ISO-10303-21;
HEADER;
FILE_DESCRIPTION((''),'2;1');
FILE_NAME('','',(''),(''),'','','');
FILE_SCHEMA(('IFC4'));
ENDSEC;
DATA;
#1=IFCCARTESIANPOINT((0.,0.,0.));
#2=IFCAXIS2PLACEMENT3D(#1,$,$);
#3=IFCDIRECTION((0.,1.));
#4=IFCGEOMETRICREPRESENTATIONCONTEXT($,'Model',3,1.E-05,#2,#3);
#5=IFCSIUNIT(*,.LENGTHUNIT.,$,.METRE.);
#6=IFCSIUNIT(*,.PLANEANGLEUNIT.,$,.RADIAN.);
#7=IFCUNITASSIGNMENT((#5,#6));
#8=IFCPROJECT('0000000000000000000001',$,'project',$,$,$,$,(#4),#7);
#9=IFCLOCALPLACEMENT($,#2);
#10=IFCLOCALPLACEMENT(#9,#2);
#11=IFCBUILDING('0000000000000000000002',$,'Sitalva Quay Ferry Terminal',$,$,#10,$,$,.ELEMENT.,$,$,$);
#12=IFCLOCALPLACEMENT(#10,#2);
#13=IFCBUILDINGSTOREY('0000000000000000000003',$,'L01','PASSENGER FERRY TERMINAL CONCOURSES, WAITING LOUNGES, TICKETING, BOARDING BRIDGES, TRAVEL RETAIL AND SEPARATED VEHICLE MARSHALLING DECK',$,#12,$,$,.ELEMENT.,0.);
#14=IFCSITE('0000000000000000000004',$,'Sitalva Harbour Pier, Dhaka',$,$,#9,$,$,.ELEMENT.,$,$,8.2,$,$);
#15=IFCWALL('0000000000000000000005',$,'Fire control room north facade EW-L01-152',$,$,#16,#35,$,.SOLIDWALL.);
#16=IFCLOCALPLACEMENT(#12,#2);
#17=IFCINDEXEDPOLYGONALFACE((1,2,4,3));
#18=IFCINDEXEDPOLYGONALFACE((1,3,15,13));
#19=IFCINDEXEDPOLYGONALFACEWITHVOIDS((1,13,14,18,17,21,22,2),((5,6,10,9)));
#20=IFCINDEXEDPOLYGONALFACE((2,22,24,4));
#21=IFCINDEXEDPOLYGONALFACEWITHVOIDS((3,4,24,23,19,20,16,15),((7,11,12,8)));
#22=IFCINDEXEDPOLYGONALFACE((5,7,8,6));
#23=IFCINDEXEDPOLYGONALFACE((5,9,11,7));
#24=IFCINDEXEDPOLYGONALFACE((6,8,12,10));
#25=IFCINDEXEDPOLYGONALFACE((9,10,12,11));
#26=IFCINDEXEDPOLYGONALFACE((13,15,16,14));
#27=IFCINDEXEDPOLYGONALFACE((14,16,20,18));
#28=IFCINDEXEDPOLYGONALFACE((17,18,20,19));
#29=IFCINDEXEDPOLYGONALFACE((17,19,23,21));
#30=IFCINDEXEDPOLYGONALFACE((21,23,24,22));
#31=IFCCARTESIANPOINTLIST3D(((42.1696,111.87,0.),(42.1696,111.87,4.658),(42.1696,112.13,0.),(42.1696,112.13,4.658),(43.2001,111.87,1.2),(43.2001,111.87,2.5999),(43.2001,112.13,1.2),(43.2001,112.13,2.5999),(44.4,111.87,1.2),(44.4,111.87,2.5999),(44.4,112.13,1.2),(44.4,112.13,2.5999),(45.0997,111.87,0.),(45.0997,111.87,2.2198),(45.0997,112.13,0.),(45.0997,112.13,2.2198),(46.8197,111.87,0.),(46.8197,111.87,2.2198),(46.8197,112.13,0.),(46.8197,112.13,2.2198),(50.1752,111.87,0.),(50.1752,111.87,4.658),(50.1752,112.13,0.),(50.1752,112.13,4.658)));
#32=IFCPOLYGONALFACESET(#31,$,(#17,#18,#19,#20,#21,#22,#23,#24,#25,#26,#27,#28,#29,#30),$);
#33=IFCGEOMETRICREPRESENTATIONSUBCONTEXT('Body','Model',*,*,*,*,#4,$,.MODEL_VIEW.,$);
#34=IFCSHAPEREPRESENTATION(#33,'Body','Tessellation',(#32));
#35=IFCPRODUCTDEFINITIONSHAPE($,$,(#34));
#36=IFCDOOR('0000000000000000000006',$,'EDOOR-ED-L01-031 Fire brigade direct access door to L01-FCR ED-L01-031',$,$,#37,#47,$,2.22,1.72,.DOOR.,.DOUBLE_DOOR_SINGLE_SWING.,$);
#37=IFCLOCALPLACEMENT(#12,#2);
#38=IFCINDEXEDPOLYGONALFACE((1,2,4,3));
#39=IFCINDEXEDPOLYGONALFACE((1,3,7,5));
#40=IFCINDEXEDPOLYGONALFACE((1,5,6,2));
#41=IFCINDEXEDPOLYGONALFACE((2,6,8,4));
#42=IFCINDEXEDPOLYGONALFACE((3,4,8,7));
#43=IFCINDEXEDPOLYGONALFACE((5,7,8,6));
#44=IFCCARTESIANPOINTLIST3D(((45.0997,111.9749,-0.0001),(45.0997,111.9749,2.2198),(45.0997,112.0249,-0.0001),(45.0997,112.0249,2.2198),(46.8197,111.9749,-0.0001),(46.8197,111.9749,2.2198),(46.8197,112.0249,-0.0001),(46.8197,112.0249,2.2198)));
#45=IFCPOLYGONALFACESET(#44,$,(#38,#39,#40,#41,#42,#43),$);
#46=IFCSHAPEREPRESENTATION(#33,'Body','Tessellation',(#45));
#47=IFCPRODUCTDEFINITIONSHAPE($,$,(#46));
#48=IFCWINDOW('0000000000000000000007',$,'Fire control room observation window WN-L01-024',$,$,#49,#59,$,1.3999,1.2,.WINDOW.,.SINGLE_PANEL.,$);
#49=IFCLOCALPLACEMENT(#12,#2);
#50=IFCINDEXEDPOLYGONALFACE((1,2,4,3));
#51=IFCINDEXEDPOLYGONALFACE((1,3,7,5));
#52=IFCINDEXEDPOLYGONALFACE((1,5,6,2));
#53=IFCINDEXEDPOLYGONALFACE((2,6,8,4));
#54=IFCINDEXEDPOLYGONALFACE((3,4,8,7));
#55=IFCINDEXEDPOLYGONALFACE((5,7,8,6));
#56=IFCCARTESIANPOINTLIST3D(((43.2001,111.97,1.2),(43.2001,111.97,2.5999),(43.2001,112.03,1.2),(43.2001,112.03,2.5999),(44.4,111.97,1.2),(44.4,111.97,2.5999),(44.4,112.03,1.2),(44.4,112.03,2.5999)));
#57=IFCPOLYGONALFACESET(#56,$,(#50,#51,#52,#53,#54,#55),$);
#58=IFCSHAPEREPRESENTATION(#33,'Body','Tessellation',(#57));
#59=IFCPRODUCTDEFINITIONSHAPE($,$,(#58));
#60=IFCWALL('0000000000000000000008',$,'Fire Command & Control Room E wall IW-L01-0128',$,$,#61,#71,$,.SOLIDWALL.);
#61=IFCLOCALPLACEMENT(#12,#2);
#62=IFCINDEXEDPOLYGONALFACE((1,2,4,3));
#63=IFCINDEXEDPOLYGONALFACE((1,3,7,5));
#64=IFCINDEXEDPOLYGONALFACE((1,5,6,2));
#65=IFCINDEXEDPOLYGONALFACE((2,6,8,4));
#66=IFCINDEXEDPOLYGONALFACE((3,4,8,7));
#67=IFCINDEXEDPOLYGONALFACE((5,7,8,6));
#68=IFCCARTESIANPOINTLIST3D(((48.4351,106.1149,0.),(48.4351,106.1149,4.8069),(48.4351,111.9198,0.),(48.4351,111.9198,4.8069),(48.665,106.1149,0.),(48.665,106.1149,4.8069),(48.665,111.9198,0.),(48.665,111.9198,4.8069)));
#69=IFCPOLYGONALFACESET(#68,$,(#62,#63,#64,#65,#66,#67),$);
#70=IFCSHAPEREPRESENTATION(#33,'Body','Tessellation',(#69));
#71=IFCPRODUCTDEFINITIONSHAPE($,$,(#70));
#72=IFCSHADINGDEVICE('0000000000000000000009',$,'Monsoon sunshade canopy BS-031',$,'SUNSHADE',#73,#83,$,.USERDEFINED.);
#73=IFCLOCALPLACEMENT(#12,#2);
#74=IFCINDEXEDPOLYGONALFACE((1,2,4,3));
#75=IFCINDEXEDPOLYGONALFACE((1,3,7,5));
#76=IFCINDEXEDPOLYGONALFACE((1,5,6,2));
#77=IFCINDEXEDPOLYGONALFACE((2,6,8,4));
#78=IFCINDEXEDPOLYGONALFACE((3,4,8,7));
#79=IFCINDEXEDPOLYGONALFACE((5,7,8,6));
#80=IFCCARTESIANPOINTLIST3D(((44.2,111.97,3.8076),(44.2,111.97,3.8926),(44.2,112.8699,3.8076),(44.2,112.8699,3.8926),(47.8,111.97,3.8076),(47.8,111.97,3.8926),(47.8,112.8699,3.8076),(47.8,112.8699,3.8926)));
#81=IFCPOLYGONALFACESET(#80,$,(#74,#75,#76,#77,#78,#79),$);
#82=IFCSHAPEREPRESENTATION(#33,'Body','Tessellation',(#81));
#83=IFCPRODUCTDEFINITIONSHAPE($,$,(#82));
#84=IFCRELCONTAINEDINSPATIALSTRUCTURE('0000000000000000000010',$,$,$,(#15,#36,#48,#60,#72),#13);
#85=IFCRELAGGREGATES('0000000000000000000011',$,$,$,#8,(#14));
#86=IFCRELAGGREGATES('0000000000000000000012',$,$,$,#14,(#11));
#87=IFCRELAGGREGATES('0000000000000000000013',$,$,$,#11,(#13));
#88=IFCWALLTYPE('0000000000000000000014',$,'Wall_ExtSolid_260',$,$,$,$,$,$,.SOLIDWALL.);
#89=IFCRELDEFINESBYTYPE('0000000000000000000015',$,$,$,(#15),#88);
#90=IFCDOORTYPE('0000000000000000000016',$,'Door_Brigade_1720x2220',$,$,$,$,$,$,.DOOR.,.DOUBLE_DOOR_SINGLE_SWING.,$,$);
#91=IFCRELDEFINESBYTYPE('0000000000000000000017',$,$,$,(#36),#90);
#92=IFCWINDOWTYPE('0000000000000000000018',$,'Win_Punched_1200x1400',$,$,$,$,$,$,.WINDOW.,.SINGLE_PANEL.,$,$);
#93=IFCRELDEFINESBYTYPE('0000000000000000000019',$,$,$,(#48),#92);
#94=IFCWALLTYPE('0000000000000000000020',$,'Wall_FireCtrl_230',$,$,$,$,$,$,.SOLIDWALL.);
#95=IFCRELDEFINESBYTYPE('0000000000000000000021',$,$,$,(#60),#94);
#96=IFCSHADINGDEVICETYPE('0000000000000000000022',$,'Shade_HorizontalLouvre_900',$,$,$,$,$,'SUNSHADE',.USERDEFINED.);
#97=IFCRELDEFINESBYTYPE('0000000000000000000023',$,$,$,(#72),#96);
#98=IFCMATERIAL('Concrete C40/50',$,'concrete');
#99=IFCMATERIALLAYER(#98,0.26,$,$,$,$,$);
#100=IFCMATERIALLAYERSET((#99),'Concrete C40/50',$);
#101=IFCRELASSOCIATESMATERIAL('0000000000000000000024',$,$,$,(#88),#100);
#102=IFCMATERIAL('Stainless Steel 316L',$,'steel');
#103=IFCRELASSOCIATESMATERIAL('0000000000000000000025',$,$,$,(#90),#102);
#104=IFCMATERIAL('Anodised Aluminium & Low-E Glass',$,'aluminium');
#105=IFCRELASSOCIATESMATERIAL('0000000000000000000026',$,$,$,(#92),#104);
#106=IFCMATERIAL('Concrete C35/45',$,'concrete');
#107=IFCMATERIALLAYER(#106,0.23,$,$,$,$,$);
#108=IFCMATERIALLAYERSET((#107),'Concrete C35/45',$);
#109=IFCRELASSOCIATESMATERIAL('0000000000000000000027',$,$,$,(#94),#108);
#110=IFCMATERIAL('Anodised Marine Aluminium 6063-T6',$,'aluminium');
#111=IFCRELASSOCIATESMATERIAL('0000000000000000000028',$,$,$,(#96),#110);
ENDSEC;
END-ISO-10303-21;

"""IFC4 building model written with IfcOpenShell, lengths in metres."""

from ifc_helpers import new_model, si_unit, direction, frame, frame_2d, origin, origin_2d, place, context, subcontext, project, spatial, rectangle, extrude, material, layer, layer_set, type_object, element, fill, save


model = new_model("IFC4")

# Units and contexts
model_context = context("Model", 3, precision=1e-05, world=origin(), true_north=direction((0.0, 1.0)))
body_context = subcontext(model_context, "Body", "Model", "MODEL_VIEW")
ifc_project = project(units=[si_unit("LENGTHUNIT", "METRE"), si_unit("PLANEANGLEUNIT", "RADIAN")], contexts=[model_context])

# Site, building, storey
site_placement = place(None, origin())
site = spatial("IfcSite", under=ifc_project, at=site_placement, Name="Sitalva Harbour Pier, Dhaka", CompositionType="ELEMENT", RefElevation=8.2)
building_placement = place(site_placement, origin())
building = spatial("IfcBuilding", under=site, at=building_placement, Name="Sitalva Quay Ferry Terminal", CompositionType="ELEMENT")
storey_placement = place(building_placement, origin())
storey = spatial("IfcBuildingStorey", under=building, at=storey_placement, Name="L01", Description="PASSENGER FERRY TERMINAL CONCOURSES, WAITING LOUNGES, TICKETING, BOARDING BRIDGES, TRAVEL RETAIL AND SEPARATED VEHICLE MARSHALLING DECK", CompositionType="ELEMENT", Elevation=0.0)

# Wall, openings, door, window
ifc_material_1 = material(Name="Concrete C40/50", Category="concrete")
ifc_layer_1 = layer(ifc_material_1, 0.26)
ifc_layer_set_1 = layer_set([ifc_layer_1], Name="Concrete C40/50")
wall_type_1 = type_object("IfcWallType", Name="Wall_ExtSolid_260", PredefinedType="SOLIDWALL", material=ifc_layer_set_1)
wall_1_placement = place(storey_placement, frame((42.1694, 112.0, 0.0), z_axis=(0.0, 0.0, 1.0), x_axis=(1.0, 0.0, 0.0)))
wall_1 = element("IfcWall", 1, at=wall_1_placement, inside=storey, type_object=wall_type_1, Name="Fire control room north facade EW-L01-152", PredefinedType="SOLIDWALL", context=body_context, shape_type="SweptSolid", body=[
    extrude(rectangle(XDim=8.0056, YDim=0.26, at=frame_2d((4.0029, 0.0))), origin(), (0.0, 0.0, 1.0), 4.658),
])
opening_1_placement = place(wall_1_placement, frame((2.9304, 0.0, 0.0)))
opening_1 = element("IfcOpeningElement", 2, at=opening_1_placement, cuts=wall_1, PredefinedType="OPENING", context=body_context, shape_type="SweptSolid", body=[
    extrude(rectangle(XDim=1.72, YDim=2.22, at=frame_2d((0.8599, 1.1099))), frame((0.0, 0.1399, 0.0), z_axis=(0.0, -1.0, 0.0), x_axis=(1.0, 0.0, 0.0)), (0.0, 0.0, 1.0), 0.28),
])
opening_2_placement = place(wall_1_placement, frame((1.0305, 0.0, 1.2)))
opening_2 = element("IfcOpeningElement", 3, at=opening_2_placement, cuts=wall_1, PredefinedType="OPENING", context=body_context, shape_type="SweptSolid", body=[
    extrude(rectangle(XDim=1.2, YDim=1.3999, at=frame_2d((0.6001, 0.7))), frame((0.0, 0.1399, 0.0), z_axis=(0.0, -1.0, 0.0), x_axis=(1.0, 0.0, 0.0)), (0.0, 0.0, 1.0), 0.28),
])
ifc_material_2 = material(Name="Stainless Steel 316L", Category="steel")
door_type = type_object("IfcDoorType", Name="Door_Brigade_1720x2220", OperationType="DOUBLE_DOOR_SINGLE_SWING", PredefinedType="DOOR", material=ifc_material_2)
door_placement = place(opening_1_placement, origin())
door = element("IfcDoor", 4, at=door_placement, inside=storey, type_object=door_type, Name="EDOOR-ED-L01-031 Fire brigade direct access door to L01-FCR ED-L01-031", OperationType="DOUBLE_DOOR_SINGLE_SWING", OverallHeight=2.22, OverallWidth=1.72, PredefinedType="DOOR", context=body_context, shape_type="SweptSolid", body=[
    extrude(rectangle(XDim=1.72, YDim=2.22, at=frame_2d((0.8599, 1.1099))), frame((0.0, 0.0249, 0.0), z_axis=(0.0, -1.0, 0.0), x_axis=(1.0, 0.0, 0.0)), (0.0, 0.0, 1.0), 0.05),
])
fill(opening_1, door)
ifc_material_3 = material(Name="Anodised Aluminium & Low-E Glass", Category="aluminium")
window_type = type_object("IfcWindowType", Name="Win_Punched_1200x1400", PartitioningType="SINGLE_PANEL", PredefinedType="WINDOW", material=ifc_material_3)
window_placement = place(opening_2_placement, origin())
window = element("IfcWindow", 5, at=window_placement, inside=storey, type_object=window_type, Name="Fire control room observation window WN-L01-024", OverallHeight=1.3999, OverallWidth=1.2, PartitioningType="SINGLE_PANEL", PredefinedType="WINDOW", context=body_context, shape_type="SweptSolid", body=[
    extrude(rectangle(XDim=1.2, YDim=1.3999, at=frame_2d((0.6001, 0.7))), frame((0.0, 0.03, 0.0), z_axis=(0.0, -1.0, 0.0), x_axis=(1.0, 0.0, 0.0)), (0.0, 0.0, 1.0), 0.0601),
])
fill(opening_2, window)

# Wall
ifc_material_4 = material(Name="Concrete C35/45", Category="concrete")
ifc_layer_2 = layer(ifc_material_4, 0.23)
ifc_layer_set_2 = layer_set([ifc_layer_2], Name="Concrete C35/45")
wall_type_2 = type_object("IfcWallType", Name="Wall_FireCtrl_230", PredefinedType="SOLIDWALL", material=ifc_layer_set_2)
wall_2_placement = place(storey_placement, frame((48.55, 106.115, 0.0), z_axis=(0.0, 0.0, 1.0), x_axis=(0.0, 1.0, 0.0)))
element("IfcWall", 6, at=wall_2_placement, inside=storey, type_object=wall_type_2, Name="Fire Command & Control Room E wall IW-L01-0128", PredefinedType="SOLIDWALL", context=body_context, shape_type="SweptSolid", body=[
    extrude(rectangle(XDim=5.8049, YDim=0.23, at=frame_2d((2.9023, 0.0))), origin(), (0.0, 0.0, 1.0), 4.8069),
])

# Shading device
ifc_material_5 = material(Name="Anodised Marine Aluminium 6063-T6", Category="aluminium")
shading_device_type = type_object("IfcShadingDeviceType", Name="Shade_HorizontalLouvre_900", ElementType="SUNSHADE", PredefinedType="USERDEFINED", material=ifc_material_5)
shading_device_placement = place(storey_placement, frame((46.0, 112.4199, 3.8076), z_axis=(0.0, 0.0, 1.0), x_axis=(1.0, 0.0, 0.0)))
element("IfcShadingDevice", 7, at=shading_device_placement, inside=storey, type_object=shading_device_type, Name="Monsoon sunshade canopy BS-031", ObjectType="SUNSHADE", PredefinedType="USERDEFINED", context=body_context, shape_type="SweptSolid", body=[
    extrude(rectangle(XDim=3.6001, YDim=0.8999, at=origin_2d()), origin(), (0.0, 0.0, 1.0), 0.085),
])

save(model, "model.ifc")
